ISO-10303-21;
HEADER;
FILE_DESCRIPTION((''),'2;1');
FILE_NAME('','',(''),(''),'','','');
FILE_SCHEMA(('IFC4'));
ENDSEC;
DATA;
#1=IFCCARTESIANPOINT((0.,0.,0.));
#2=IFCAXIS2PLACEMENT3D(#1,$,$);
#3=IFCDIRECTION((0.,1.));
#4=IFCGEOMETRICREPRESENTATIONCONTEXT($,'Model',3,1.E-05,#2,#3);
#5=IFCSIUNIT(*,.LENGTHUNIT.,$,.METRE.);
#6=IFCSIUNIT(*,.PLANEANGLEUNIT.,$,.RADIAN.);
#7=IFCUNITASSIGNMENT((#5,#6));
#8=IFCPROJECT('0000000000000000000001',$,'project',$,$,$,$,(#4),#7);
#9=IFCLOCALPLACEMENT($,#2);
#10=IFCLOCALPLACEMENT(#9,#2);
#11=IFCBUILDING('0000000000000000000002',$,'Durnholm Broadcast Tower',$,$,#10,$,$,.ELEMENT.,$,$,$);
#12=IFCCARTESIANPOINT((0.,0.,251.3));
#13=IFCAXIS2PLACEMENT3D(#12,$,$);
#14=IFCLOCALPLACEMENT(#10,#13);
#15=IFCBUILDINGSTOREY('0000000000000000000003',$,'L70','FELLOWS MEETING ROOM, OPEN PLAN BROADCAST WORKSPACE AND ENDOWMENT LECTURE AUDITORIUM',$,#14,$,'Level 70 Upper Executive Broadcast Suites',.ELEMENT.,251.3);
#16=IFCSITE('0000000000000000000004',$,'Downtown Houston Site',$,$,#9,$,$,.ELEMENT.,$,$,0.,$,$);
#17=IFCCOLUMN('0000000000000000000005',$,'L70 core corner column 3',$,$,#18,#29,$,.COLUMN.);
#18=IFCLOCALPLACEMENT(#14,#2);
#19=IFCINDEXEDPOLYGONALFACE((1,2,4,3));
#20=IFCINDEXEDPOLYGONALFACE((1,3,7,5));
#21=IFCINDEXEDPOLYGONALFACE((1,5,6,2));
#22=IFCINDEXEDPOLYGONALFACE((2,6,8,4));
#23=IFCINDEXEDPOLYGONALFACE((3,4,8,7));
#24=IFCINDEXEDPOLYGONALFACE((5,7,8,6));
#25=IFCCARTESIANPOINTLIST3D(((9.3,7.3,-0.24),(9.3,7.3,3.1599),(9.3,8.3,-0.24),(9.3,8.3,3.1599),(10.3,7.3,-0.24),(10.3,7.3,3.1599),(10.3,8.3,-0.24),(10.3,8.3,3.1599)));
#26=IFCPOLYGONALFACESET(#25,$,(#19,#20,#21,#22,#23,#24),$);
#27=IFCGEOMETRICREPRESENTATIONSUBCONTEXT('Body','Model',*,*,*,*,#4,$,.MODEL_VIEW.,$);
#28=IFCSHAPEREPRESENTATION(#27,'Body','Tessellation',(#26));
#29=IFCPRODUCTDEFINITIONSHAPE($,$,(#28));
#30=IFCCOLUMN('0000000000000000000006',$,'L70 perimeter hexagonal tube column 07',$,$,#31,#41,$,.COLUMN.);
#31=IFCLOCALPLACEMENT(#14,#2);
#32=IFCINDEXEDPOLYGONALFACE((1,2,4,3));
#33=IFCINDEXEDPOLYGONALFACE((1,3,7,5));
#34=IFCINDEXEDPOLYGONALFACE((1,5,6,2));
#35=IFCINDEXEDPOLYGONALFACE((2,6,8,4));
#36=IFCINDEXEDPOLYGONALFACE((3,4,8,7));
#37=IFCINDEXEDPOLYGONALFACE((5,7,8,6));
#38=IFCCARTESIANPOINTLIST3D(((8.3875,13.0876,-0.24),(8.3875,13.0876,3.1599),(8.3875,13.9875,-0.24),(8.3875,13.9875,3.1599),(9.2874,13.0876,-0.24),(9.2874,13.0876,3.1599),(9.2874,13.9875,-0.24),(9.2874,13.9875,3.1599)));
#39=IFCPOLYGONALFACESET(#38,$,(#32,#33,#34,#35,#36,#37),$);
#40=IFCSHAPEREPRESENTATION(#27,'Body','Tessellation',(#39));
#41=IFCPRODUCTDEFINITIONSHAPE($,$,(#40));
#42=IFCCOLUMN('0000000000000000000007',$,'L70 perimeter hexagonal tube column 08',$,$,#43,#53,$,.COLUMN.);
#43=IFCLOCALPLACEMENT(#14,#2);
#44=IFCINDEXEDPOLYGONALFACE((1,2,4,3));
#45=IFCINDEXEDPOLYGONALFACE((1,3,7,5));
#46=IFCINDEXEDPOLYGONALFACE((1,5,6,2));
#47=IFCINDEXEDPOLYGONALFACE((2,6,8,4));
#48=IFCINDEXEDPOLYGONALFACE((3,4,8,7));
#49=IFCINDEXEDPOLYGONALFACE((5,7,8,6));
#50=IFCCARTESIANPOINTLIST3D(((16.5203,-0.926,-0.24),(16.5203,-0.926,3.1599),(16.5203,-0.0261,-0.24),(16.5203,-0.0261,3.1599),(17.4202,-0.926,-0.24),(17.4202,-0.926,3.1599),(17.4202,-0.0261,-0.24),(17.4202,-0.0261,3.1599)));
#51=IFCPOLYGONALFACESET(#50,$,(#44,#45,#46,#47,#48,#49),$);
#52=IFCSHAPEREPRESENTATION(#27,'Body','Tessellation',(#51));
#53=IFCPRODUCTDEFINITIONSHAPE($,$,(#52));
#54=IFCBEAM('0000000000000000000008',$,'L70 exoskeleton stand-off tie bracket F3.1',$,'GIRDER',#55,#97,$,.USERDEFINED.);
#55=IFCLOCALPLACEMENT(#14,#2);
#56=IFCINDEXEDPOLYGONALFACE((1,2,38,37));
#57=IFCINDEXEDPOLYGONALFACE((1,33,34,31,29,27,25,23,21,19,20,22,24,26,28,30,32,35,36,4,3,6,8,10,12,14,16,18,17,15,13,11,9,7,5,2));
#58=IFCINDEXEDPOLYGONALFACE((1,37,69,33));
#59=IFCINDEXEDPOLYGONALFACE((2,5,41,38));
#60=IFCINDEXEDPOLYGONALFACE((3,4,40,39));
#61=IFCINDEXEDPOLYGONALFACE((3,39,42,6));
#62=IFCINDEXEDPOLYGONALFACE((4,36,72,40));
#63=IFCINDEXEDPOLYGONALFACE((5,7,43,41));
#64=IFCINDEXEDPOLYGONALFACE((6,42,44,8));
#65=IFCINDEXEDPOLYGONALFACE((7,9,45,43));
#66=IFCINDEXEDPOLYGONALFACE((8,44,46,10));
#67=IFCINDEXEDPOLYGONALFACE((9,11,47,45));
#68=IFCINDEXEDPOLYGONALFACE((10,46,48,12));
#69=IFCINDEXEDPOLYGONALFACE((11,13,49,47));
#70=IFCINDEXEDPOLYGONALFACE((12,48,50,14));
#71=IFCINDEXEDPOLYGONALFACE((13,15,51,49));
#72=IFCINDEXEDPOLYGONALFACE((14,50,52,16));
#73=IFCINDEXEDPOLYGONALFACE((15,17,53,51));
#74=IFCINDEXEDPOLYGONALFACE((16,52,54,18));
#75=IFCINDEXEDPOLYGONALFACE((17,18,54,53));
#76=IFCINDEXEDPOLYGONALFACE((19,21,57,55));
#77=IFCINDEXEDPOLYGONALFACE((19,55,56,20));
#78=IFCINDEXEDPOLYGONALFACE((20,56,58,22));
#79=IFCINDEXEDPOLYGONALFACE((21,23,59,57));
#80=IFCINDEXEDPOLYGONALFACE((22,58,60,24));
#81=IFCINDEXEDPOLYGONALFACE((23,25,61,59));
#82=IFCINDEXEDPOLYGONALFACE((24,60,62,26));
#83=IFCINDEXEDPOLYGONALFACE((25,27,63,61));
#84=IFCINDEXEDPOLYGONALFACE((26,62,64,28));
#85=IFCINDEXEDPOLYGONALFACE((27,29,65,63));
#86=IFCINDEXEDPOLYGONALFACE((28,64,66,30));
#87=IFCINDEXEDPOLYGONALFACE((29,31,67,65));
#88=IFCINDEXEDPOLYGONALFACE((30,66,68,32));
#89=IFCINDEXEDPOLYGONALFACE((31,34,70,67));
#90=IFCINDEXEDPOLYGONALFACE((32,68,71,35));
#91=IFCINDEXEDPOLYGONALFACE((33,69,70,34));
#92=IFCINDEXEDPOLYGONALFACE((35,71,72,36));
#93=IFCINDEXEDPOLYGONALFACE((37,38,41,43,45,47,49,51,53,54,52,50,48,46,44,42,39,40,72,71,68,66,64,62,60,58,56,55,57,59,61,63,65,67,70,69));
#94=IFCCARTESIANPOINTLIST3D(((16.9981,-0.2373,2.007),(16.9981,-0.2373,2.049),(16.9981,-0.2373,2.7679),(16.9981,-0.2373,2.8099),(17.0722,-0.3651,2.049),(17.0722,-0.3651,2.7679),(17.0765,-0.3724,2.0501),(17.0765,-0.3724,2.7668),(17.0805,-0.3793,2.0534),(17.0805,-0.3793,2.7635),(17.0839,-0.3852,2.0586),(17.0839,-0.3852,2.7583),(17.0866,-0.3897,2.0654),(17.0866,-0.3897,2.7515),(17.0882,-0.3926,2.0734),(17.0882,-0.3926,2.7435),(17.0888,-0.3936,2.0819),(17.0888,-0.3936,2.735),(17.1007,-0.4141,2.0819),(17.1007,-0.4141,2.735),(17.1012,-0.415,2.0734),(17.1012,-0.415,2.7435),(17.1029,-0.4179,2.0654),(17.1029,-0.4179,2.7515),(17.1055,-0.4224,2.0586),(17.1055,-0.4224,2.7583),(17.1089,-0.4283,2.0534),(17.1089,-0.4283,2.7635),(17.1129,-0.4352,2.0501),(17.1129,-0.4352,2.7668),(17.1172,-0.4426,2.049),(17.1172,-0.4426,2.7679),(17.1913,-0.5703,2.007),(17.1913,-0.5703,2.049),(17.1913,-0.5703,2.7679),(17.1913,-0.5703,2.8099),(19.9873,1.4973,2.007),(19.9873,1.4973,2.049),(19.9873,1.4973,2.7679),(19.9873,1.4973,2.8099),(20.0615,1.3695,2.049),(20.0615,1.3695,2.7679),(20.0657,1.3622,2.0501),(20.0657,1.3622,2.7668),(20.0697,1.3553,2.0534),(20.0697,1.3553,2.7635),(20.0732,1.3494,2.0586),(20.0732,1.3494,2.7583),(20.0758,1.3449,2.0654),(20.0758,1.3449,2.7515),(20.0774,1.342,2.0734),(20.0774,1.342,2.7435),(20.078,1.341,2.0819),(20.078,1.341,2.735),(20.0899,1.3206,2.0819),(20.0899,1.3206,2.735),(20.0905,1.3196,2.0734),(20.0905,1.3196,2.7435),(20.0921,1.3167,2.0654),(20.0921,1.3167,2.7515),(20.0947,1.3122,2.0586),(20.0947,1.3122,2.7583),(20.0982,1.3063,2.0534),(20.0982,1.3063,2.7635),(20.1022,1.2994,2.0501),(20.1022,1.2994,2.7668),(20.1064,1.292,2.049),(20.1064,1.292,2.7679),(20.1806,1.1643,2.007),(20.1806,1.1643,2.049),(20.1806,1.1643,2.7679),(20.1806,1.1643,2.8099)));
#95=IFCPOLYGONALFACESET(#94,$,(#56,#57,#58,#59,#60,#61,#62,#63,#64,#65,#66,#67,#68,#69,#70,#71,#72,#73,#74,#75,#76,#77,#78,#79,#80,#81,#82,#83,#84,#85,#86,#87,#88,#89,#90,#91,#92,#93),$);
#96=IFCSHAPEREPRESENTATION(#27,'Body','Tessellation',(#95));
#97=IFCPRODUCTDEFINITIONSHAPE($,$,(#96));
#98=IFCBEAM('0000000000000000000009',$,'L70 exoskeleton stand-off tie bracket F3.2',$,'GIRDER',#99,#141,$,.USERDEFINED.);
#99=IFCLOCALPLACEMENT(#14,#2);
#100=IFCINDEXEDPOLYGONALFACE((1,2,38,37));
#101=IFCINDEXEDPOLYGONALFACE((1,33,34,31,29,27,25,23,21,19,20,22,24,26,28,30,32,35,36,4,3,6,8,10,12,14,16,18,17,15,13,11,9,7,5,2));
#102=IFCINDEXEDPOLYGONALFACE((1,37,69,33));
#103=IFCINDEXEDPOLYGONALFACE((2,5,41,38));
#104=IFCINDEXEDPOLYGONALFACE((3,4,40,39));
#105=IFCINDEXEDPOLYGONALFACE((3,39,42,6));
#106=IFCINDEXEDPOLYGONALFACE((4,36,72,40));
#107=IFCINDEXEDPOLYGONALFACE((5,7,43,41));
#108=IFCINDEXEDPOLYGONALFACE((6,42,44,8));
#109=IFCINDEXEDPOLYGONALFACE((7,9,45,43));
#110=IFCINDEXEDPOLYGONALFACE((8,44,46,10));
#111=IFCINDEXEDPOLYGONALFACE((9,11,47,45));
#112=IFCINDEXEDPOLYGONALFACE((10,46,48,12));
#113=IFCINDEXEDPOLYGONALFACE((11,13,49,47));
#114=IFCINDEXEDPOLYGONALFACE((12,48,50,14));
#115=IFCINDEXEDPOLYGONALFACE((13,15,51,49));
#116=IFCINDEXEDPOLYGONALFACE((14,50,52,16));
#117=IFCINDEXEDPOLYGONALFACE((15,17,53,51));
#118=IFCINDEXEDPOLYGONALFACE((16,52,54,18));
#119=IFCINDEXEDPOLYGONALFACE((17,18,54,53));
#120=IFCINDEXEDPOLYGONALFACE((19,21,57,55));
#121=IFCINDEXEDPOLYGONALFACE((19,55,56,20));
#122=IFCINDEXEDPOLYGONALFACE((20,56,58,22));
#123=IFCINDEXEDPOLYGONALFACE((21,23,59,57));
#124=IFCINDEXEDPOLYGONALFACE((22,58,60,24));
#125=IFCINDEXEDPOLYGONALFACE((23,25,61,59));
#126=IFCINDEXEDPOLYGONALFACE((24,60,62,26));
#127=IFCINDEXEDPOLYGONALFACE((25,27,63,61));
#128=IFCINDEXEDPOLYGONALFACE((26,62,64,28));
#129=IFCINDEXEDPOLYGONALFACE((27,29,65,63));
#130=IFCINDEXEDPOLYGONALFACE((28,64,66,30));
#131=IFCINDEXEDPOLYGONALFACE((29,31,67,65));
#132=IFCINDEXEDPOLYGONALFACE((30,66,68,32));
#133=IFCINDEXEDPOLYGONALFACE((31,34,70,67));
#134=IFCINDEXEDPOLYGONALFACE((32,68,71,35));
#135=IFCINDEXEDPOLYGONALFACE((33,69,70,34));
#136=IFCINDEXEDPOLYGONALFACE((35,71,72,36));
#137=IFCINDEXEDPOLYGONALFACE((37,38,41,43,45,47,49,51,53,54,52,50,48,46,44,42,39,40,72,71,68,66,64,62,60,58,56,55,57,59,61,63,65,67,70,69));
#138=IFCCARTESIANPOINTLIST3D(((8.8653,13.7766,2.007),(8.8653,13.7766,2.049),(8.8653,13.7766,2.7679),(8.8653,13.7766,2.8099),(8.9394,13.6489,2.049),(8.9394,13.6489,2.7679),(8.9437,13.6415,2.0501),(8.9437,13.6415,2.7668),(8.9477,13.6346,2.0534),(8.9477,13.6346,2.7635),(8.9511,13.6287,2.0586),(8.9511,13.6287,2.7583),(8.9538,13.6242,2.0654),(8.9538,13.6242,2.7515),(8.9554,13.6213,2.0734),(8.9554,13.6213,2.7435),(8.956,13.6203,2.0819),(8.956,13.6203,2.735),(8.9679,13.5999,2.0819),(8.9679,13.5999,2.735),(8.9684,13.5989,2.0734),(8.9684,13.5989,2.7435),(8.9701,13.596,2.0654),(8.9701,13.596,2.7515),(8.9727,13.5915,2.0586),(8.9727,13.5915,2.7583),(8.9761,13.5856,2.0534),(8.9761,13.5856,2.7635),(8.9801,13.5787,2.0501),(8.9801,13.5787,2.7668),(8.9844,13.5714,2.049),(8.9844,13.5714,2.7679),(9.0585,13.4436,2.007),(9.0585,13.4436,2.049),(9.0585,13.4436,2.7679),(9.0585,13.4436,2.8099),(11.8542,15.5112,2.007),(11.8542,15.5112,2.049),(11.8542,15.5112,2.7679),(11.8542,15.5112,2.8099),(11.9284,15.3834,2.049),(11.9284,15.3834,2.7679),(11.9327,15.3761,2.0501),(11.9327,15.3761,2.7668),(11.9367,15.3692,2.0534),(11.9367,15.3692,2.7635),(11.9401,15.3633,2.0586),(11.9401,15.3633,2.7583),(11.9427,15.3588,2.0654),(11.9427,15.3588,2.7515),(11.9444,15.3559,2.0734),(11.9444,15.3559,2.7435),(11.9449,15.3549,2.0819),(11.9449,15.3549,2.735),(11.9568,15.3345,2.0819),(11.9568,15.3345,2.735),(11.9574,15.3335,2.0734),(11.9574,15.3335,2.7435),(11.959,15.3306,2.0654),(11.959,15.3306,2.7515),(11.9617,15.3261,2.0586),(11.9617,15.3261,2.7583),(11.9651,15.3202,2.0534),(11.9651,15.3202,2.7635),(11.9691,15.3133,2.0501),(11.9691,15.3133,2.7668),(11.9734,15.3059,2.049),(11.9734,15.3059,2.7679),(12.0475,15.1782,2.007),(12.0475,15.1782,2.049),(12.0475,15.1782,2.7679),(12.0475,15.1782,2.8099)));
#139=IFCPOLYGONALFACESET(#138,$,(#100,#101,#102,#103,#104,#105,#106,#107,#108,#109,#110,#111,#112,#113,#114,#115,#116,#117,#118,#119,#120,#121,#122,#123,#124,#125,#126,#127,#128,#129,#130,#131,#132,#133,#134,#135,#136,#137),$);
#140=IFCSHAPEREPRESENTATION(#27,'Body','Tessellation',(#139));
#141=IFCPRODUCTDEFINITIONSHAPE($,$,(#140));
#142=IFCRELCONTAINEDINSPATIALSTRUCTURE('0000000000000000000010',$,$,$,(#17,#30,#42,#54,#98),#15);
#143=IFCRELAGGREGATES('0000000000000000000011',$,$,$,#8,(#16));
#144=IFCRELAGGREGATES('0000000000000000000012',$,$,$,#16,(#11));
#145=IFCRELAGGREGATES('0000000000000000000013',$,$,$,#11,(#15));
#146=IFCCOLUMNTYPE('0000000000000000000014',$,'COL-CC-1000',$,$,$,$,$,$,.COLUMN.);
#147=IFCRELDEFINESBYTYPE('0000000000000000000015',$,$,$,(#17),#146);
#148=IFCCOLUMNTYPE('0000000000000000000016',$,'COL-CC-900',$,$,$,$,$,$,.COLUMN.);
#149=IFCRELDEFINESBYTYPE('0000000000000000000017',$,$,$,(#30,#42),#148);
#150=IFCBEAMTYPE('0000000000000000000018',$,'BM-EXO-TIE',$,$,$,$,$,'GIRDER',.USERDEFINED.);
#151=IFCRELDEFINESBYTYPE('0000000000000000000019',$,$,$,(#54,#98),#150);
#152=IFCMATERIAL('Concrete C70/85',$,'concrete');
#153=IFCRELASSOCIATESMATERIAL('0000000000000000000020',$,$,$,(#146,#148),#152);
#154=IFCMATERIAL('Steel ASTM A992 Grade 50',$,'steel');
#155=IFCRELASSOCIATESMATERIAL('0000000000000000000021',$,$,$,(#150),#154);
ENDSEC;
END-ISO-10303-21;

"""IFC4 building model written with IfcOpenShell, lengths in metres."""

from ifc_helpers import new_model, si_unit, direction, frame, origin, origin_2d, place, context, subcontext, project, spatial, rectangle, i_section, extrude, source, transform, mapped, material, material_profile, profile_set, type_object, type_shapes, element, save


model = new_model("IFC4")

# Units and contexts
model_context = context("Model", 3, precision=1e-05, world=origin(), true_north=direction((0.0, 1.0)))
body_context = subcontext(model_context, "Body", "Model", "MODEL_VIEW")
ifc_project = project(units=[si_unit("LENGTHUNIT", "METRE"), si_unit("PLANEANGLEUNIT", "RADIAN")], contexts=[model_context])

# Site, building, storey
site_placement = place(None, origin())
site = spatial("IfcSite", under=ifc_project, at=site_placement, Name="Downtown Houston Site", CompositionType="ELEMENT", RefElevation=0.0)
building_placement = place(site_placement, origin())
building = spatial("IfcBuilding", under=site, at=building_placement, Name="Durnholm Broadcast Tower", CompositionType="ELEMENT")
storey_placement = place(building_placement, frame((0.0, 0.0, 251.3)))
storey = spatial("IfcBuildingStorey", under=building, at=storey_placement, Name="L70", Description="FELLOWS MEETING ROOM, OPEN PLAN BROADCAST WORKSPACE AND ENDOWMENT LECTURE AUDITORIUM", LongName="Level 70 Upper Executive Broadcast Suites", CompositionType="ELEMENT", Elevation=251.3)

# Columns
ifc_material_1 = material(Name="Concrete C70/85", Category="concrete")
ifc_material_profile_1 = material_profile(ifc_material_1, rectangle(XDim=1.0, YDim=1.0, at=origin_2d()), Name="RC1000X1000")
ifc_profile_set_1 = profile_set([ifc_material_profile_1], Name="Concrete C70/85")
column_type_1 = type_object("IfcColumnType", Name="COL-CC-1000", PredefinedType="COLUMN", material=ifc_profile_set_1)
shared_shape_1 = source(origin(), body_context, "Body", "SweptSolid", [
    extrude(rectangle(XDim=1.0, YDim=1.0, at=origin_2d()), origin(), (0.0, 0.0, 1.0), 3.3999),
])
type_shapes(column_type_1, [shared_shape_1])
column_placement = place(storey_placement, frame((9.8, 7.8, -0.24), z_axis=(0.0, 0.0, 1.0), x_axis=(1.0, 0.0, 0.0)))
element("IfcColumn", 1, at=column_placement, inside=storey, type_object=column_type_1, Name="L70 core corner column 3", PredefinedType="COLUMN", context=body_context, shape_type="MappedRepresentation", body=[
    mapped(shared_shape_1, transform((0.0, 0.0, 0.0), x_axis=(1.0, 0.0, 0.0), y_axis=(0.0, 1.0, 0.0), z_axis=(0.0, 0.0, 1.0), scale=1.0)),
])
ifc_material_profile_2 = material_profile(ifc_material_1, rectangle(XDim=0.8999, YDim=0.8999, at=origin_2d()), Name="RC900X900")
ifc_profile_set_2 = profile_set([ifc_material_profile_2], Name="Concrete C70/85")
column_type_2 = type_object("IfcColumnType", Name="COL-CC-900", PredefinedType="COLUMN", material=ifc_profile_set_2)
shared_shape_2 = source(origin(), body_context, "Body", "SweptSolid", [
    extrude(rectangle(XDim=0.8999, YDim=0.8999, at=origin_2d()), origin(), (0.0, 0.0, 1.0), 3.3999),
])
type_shapes(column_type_2, [shared_shape_2])
for number, where, z_axis, x_axis, name in (
    (2, (8.8374, 13.5376, -0.24), (0.0, 0.0, 1.0), (1.0, 0.0, 0.0), "L70 perimeter hexagonal tube column 07"),
    (3, (16.9702, -0.4761, -0.24), (0.0, 0.0, 1.0), (1.0, 0.0, 0.0), "L70 perimeter hexagonal tube column 08"),
):
    element("IfcColumn", number, at=place(storey_placement, frame(where, z_axis=z_axis, x_axis=x_axis)), inside=storey, type_object=column_type_2, Name=name, PredefinedType="COLUMN", context=body_context, shape_type="MappedRepresentation", body=[
        mapped(shared_shape_2, transform((0.0, 0.0, 0.0), x_axis=(1.0, 0.0, 0.0), y_axis=(0.0, 1.0, 0.0), z_axis=(0.0, 0.0, 1.0), scale=1.0)),
    ])

# Beams
ifc_material_2 = material(Name="Steel ASTM A992 Grade 50", Category="steel")
ifc_material_profile_3 = material_profile(ifc_material_2, i_section(OverallWidth=0.385, OverallDepth=0.803, WebThickness=0.0237, FlangeThickness=0.042, FilletRadius=0.033, at=origin_2d()), Name="W30X261")
ifc_profile_set_3 = profile_set([ifc_material_profile_3], Name="Steel ASTM A992 Grade 50")
beam_type_1 = type_object("IfcBeamType", Name="BM-EXO-TIE", ElementType="GIRDER", PredefinedType="USERDEFINED", material=ifc_profile_set_3)
shared_shape_3 = source(origin(), body_context, "Body", "SweptSolid", [
    extrude(i_section(OverallWidth=0.385, OverallDepth=0.803, WebThickness=0.0237, FlangeThickness=0.042, FilletRadius=0.033, at=origin_2d()), origin(), (0.0, 0.0, 1.0), 3.4561),
])
beam_1_placement = place(storey_placement, frame((17.0947, -0.4038, 2.4084), z_axis=(0.864924, 0.501902, 0.0), x_axis=(-0.501902, 0.864924, 0.0)))
element("IfcBeam", 4, at=beam_1_placement, inside=storey, type_object=beam_type_1, Name="L70 exoskeleton stand-off tie bracket F3.1", ObjectType="GIRDER", PredefinedType="USERDEFINED", context=body_context, shape_type="MappedRepresentation", body=[
    mapped(shared_shape_3, transform((0.0, 0.0, 0.0), x_axis=(1.0, 0.0, 0.0), y_axis=(0.0, 1.0, 0.0), z_axis=(0.0, 0.0, 1.0), scale=1.0)),
])
shared_shape_4 = source(origin(), body_context, "Body", "SweptSolid", [
    extrude(i_section(OverallWidth=0.385, OverallDepth=0.803, WebThickness=0.0237, FlangeThickness=0.042, FilletRadius=0.033, at=origin_2d()), origin(), (0.0, 0.0, 1.0), 3.4558),
])
beam_2_placement = place(storey_placement, frame((8.9619, 13.6101, 2.4084), z_axis=(0.864907, 0.501933, 0.0), x_axis=(-0.501933, 0.864907, 0.0)))
element("IfcBeam", 5, at=beam_2_placement, inside=storey, type_object=beam_type_1, Name="L70 exoskeleton stand-off tie bracket F3.2", ObjectType="GIRDER", PredefinedType="USERDEFINED", context=body_context, shape_type="MappedRepresentation", body=[
    mapped(shared_shape_4, transform((0.0, 0.0, 0.0), x_axis=(1.0, 0.0, 0.0), y_axis=(0.0, 1.0, 0.0), z_axis=(0.0, 0.0, 1.0), scale=1.0)),
])

save(model, "model.ifc")
